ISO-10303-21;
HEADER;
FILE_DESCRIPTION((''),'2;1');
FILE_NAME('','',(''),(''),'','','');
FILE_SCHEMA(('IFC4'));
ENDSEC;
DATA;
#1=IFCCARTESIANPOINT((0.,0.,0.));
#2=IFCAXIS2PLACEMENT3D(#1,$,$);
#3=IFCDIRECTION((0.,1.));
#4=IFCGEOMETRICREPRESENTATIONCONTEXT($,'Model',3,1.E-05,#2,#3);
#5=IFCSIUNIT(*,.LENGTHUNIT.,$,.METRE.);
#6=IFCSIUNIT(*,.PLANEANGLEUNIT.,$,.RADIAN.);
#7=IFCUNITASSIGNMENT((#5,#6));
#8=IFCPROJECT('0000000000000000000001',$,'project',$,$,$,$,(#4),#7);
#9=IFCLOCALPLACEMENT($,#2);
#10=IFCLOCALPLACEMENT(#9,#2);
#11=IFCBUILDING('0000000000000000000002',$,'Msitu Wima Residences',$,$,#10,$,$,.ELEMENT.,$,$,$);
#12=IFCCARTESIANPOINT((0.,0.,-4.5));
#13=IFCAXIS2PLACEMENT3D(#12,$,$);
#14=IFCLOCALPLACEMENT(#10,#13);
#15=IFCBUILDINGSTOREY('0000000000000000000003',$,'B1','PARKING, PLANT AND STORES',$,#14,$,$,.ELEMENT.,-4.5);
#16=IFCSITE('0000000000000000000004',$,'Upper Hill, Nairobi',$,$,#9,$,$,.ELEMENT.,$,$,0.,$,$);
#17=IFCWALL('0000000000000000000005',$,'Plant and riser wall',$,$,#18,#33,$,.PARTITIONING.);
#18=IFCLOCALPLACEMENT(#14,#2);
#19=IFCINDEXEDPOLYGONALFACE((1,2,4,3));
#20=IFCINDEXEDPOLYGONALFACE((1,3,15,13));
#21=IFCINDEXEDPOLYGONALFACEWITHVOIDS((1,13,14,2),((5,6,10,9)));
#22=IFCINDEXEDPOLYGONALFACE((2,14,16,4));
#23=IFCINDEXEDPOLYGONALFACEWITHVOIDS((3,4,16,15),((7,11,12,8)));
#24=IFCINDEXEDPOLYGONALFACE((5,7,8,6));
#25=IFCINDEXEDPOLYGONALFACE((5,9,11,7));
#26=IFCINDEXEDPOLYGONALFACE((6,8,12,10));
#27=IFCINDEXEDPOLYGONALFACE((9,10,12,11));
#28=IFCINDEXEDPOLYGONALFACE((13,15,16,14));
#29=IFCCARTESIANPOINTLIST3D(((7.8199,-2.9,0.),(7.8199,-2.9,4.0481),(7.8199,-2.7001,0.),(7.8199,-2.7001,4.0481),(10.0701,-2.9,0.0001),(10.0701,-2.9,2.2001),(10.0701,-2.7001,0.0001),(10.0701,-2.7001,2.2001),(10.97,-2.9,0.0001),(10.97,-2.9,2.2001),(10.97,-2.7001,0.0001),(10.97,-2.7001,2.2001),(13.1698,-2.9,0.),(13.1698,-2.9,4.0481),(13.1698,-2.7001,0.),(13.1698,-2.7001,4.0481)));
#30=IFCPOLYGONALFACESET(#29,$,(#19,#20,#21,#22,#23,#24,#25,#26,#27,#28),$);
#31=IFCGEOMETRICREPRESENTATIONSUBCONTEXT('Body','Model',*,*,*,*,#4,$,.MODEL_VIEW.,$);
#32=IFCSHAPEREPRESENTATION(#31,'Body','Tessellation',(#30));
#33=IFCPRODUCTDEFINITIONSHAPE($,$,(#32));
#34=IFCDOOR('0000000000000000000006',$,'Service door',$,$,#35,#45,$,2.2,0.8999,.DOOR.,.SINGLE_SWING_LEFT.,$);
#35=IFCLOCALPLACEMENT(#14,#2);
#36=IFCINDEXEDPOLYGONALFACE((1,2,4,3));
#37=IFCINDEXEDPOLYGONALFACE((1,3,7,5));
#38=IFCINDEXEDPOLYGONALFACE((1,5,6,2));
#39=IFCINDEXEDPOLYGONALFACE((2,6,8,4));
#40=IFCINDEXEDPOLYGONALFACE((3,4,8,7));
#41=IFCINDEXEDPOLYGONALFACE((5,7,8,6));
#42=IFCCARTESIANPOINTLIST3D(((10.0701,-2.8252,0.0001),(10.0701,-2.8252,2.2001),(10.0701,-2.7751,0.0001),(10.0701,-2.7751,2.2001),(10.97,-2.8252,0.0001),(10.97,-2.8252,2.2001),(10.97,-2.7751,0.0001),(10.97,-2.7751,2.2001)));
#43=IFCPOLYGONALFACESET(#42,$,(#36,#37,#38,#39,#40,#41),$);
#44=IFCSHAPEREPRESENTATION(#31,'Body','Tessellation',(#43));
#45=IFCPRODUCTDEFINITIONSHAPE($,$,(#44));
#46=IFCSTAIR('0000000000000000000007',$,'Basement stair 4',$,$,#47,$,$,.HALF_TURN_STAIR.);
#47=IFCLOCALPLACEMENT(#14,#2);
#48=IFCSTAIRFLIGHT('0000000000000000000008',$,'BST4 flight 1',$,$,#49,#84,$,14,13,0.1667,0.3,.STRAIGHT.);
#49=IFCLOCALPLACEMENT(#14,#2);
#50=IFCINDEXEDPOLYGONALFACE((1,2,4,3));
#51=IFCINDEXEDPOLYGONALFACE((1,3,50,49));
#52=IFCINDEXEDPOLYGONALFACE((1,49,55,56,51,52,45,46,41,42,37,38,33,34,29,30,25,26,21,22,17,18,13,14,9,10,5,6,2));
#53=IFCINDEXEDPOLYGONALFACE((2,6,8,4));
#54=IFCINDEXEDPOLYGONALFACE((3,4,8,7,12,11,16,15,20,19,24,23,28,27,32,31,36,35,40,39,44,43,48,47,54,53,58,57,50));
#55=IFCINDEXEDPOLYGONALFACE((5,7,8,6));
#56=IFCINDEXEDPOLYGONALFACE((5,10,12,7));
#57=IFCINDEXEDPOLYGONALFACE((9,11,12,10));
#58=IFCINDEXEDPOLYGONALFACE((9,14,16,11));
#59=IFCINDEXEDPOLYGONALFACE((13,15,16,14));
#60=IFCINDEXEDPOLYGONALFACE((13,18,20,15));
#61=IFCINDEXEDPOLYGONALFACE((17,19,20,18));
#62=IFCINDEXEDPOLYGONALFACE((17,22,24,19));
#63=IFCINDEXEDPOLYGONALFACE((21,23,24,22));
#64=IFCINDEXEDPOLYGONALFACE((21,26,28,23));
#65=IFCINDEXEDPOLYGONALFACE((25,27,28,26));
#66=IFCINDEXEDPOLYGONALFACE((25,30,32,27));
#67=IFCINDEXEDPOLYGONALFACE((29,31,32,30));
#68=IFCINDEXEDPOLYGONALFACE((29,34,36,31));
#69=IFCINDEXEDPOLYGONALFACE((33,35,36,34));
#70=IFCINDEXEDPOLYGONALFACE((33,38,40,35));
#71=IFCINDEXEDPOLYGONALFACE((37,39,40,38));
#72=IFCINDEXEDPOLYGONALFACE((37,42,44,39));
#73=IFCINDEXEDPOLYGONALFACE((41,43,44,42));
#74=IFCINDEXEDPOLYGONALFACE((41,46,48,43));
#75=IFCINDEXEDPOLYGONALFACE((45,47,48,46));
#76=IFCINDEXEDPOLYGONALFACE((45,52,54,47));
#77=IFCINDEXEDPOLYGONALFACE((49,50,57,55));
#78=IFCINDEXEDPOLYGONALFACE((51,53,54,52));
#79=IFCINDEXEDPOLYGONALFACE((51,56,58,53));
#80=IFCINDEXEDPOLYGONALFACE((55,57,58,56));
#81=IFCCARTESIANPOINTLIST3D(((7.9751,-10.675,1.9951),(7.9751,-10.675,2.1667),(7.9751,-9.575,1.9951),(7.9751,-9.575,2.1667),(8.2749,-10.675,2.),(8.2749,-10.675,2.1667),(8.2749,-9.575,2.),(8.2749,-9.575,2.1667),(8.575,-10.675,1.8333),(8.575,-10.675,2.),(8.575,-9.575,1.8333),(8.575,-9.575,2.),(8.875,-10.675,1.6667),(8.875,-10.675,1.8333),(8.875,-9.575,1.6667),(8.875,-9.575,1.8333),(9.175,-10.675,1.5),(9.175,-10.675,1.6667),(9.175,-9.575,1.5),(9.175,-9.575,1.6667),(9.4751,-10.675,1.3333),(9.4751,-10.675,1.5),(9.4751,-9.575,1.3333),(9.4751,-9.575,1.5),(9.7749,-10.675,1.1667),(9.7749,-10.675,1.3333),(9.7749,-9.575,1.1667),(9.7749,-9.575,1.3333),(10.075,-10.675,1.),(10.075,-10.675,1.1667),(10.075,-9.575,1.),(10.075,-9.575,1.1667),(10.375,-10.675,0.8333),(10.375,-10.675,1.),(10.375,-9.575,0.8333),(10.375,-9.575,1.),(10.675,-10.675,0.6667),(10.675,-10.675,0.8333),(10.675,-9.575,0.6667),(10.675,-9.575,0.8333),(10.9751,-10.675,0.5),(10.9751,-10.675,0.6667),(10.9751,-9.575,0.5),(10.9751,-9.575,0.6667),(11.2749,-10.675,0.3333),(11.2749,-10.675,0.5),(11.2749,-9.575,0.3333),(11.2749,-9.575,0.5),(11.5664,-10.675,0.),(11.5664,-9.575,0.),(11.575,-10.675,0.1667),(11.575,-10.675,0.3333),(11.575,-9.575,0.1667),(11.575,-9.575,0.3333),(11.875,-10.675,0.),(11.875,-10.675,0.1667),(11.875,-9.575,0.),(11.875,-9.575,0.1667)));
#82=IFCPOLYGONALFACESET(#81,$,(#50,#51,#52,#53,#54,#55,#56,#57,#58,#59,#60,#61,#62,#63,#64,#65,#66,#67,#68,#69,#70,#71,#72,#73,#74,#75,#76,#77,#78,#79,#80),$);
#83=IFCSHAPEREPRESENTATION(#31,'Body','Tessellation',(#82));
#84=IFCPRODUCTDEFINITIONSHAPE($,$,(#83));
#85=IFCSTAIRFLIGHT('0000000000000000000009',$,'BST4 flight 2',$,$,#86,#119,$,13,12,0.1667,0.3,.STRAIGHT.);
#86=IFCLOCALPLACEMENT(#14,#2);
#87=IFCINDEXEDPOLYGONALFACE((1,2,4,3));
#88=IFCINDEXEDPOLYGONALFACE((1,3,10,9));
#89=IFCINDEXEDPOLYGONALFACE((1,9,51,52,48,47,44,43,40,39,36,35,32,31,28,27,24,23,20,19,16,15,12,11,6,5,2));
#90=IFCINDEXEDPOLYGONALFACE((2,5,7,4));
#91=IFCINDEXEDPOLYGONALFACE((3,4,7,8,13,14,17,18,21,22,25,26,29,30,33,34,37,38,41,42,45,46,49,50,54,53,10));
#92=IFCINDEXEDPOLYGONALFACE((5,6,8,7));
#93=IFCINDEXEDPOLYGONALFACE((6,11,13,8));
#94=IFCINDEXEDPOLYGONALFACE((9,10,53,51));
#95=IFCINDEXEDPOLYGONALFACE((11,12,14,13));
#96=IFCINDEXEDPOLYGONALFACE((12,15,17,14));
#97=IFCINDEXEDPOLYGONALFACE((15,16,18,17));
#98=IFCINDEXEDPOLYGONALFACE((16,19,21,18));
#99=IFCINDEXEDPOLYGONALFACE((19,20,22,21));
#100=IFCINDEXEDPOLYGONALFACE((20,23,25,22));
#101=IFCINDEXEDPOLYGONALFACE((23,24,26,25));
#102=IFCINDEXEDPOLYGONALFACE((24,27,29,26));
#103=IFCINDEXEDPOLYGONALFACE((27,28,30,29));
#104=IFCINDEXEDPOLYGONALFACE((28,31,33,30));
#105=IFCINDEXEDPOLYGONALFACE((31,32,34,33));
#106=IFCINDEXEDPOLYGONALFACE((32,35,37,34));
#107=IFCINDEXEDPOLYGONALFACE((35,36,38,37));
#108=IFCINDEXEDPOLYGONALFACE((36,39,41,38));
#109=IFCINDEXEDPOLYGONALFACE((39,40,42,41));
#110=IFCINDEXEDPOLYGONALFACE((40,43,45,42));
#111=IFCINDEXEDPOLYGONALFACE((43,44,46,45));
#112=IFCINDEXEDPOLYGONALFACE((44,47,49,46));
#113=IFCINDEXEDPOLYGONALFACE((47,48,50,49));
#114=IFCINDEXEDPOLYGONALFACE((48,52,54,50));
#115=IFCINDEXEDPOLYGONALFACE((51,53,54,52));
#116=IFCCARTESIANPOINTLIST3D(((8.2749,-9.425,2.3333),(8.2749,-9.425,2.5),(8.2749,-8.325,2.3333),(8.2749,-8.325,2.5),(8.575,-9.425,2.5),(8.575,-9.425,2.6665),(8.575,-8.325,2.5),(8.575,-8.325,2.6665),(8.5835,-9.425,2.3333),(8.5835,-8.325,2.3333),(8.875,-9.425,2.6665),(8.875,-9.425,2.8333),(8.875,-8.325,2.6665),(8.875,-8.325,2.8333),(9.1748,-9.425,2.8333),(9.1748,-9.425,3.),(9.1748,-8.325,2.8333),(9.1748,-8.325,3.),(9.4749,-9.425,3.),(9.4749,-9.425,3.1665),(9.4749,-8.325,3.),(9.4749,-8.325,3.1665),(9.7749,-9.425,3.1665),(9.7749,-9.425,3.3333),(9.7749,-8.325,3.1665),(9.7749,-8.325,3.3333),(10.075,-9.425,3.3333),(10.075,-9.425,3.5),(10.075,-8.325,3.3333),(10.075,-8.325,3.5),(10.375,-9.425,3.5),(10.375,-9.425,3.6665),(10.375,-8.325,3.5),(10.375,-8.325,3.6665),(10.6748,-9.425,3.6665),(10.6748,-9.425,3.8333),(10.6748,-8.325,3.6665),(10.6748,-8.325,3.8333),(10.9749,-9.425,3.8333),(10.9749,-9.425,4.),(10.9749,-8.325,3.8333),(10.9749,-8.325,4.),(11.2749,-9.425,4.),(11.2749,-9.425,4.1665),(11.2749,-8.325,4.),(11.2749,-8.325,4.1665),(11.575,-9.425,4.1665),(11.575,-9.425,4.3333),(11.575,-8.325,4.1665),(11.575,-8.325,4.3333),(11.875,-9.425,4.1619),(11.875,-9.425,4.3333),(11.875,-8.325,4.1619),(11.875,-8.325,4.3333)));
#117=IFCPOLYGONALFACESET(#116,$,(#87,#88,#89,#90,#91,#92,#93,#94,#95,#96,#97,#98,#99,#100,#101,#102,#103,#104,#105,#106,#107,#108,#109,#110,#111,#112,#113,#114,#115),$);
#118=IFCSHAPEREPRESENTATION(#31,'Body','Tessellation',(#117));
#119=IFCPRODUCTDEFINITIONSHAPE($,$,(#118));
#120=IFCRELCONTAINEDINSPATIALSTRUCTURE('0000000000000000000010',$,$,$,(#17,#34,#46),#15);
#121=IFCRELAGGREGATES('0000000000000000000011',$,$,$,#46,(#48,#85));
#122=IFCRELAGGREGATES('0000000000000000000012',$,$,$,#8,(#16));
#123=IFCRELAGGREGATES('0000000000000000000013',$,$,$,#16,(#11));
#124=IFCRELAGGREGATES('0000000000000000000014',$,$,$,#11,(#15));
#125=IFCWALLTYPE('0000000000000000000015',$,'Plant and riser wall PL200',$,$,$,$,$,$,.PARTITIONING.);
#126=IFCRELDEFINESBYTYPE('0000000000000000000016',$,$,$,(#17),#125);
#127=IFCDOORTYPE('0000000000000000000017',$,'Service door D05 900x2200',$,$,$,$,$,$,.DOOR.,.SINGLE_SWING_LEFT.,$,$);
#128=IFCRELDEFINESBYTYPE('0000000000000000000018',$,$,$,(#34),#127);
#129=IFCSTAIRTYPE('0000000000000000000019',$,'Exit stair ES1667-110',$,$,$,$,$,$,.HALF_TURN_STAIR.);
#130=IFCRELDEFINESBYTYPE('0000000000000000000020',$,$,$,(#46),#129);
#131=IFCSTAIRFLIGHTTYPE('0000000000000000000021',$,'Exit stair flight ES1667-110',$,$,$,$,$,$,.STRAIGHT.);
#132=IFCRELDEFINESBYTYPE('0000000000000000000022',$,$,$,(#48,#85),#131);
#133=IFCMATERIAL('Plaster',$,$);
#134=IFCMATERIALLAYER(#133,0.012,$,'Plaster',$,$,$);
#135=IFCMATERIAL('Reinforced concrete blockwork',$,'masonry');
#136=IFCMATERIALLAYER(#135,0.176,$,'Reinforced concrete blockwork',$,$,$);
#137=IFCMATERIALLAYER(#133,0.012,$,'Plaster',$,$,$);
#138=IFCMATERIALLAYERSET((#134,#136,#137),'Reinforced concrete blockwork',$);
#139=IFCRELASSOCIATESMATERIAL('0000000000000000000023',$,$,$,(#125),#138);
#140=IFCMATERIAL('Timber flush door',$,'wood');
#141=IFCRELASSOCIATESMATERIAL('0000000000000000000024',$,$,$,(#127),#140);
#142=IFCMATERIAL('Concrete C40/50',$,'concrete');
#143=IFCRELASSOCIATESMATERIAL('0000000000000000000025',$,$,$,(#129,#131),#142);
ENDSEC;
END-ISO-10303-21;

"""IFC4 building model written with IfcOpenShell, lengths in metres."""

from ifc_helpers import new_model, si_unit, direction, frame, frame_2d, origin, place, context, subcontext, project, spatial, polyline, rectangle, outline, extrude, material, layer, layer_set, type_object, element, fill, aggregate, save


model = new_model("IFC4")

# Units and contexts
model_context = context("Model", 3, precision=1e-05, world=origin(), true_north=direction((0.0, 1.0)))
body_context = subcontext(model_context, "Body", "Model", "MODEL_VIEW")
ifc_project = project(units=[si_unit("LENGTHUNIT", "METRE"), si_unit("PLANEANGLEUNIT", "RADIAN")], contexts=[model_context])

# Site, building, storey
site_placement = place(None, origin())
site = spatial("IfcSite", under=ifc_project, at=site_placement, Name="Upper Hill, Nairobi", CompositionType="ELEMENT", RefElevation=0.0)
building_placement = place(site_placement, origin())
building = spatial("IfcBuilding", under=site, at=building_placement, Name="Msitu Wima Residences", CompositionType="ELEMENT")
storey_placement = place(building_placement, frame((0.0, 0.0, -4.5)))
storey = spatial("IfcBuildingStorey", under=building, at=storey_placement, Name="B1", Description="PARKING, PLANT AND STORES", CompositionType="ELEMENT", Elevation=-4.5)

# Shared definitions
ifc_material_1 = material(Name="Plaster")

# Wall, opening, door
ifc_layer_1 = layer(ifc_material_1, 0.012, Name="Plaster")
ifc_material_2 = material(Name="Reinforced concrete blockwork", Category="masonry")
ifc_layer_2 = layer(ifc_material_2, 0.176, Name="Reinforced concrete blockwork")
ifc_layer_3 = layer(ifc_material_1, 0.012, Name="Plaster")
ifc_layer_set_1 = layer_set([ifc_layer_1, ifc_layer_2, ifc_layer_3], Name="Reinforced concrete blockwork")
wall_type_1 = type_object("IfcWallType", Name="Plant and riser wall PL200", PredefinedType="PARTITIONING", material=ifc_layer_set_1)
wall_1_placement = place(storey_placement, frame((7.8201, -2.8, 0.0), z_axis=(0.0, 0.0, 1.0), x_axis=(1.0, 0.0, 0.0)))
wall_1 = element("IfcWall", 1, at=wall_1_placement, inside=storey, type_object=wall_type_1, Name="Plant and riser wall", PredefinedType="PARTITIONING", context=body_context, shape_type="SweptSolid", body=[
    extrude(rectangle(XDim=5.3499, YDim=0.2, at=frame_2d((2.6748, 0.0))), origin(), (0.0, 0.0, 1.0), 4.0481),
])
opening_1_placement = place(wall_1_placement, frame((2.25, 0.0, 0.0)))
opening_1 = element("IfcOpeningElement", 2, at=opening_1_placement, cuts=wall_1, PredefinedType="OPENING", context=body_context, shape_type="SweptSolid", body=[
    extrude(rectangle(XDim=0.8999, YDim=2.2, at=frame_2d((0.45, 1.1001))), frame((0.0, 0.1099, 0.0), z_axis=(0.0, -1.0, 0.0), x_axis=(1.0, 0.0, 0.0)), (0.0, 0.0, 1.0), 0.22),
])
ifc_material_3 = material(Name="Timber flush door", Category="wood")
door_type_1 = type_object("IfcDoorType", Name="Service door D05 900x2200", OperationType="SINGLE_SWING_LEFT", PredefinedType="DOOR", material=ifc_material_3)
door_1_placement = place(opening_1_placement, origin())
door_1 = element("IfcDoor", 3, at=door_1_placement, inside=storey, type_object=door_type_1, Name="Service door", OperationType="SINGLE_SWING_LEFT", OverallHeight=2.2, OverallWidth=0.8999, PredefinedType="DOOR", context=body_context, shape_type="SweptSolid", body=[
    extrude(rectangle(XDim=0.8999, YDim=2.2, at=frame_2d((0.45, 1.1001))), frame((0.0, 0.0249, 0.0), z_axis=(0.0, -1.0, 0.0), x_axis=(1.0, 0.0, 0.0)), (0.0, 0.0, 1.0), 0.05),
])
fill(opening_1, door_1)

# Stair, stair flights
ifc_material_4 = material(Name="Concrete C40/50", Category="concrete")
stair_type = type_object("IfcStairType", Name="Exit stair ES1667-110", PredefinedType="HALF_TURN_STAIR", material=ifc_material_4)
stair_placement = place(storey_placement, origin())
stair = element("IfcStair", 4, at=stair_placement, inside=storey, type_object=stair_type, Name="Basement stair 4", PredefinedType="HALF_TURN_STAIR")
stair_flight_type = type_object("IfcStairFlightType", Name="Exit stair flight ES1667-110", PredefinedType="STRAIGHT", material=ifc_material_4)
stair_flight_1_placement = place(storey_placement, frame((11.875, -10.125, 0.0), z_axis=(0.0, 0.0, 1.0), x_axis=(-1.0, 0.0, 0.0)))
stair_flight_1 = element("IfcStairFlight", 5, at=stair_flight_1_placement, type_object=stair_flight_type, Name="BST4 flight 1", NumberOfRisers=14, NumberOfTreads=13, PredefinedType="STRAIGHT", RiserHeight=0.1667, TreadLength=0.3, context=body_context, shape_type="SweptSolid", body=[
    extrude(outline(polyline([(0.0, 0.0), (0.0, 0.1667), (0.3, 0.1667), (0.3, 0.3333), (0.6001, 0.3333), (0.6001, 0.5), (0.8999, 0.5), (0.8999, 0.6667), (1.2, 0.6667), (1.2, 0.8333), (1.5, 0.8333), (1.5, 1.0), (1.8, 1.0), (1.8, 1.1667), (2.1001, 1.1667), (2.1001, 1.3333), (2.3999, 1.3333), (2.3999, 1.5), (2.7, 1.5), (2.7, 1.6667), (3.0, 1.6667), (3.0, 1.8333), (3.3, 1.8333), (3.3, 2.0), (3.6001, 2.0), (3.6001, 2.1667), (3.8999, 2.1667), (3.8999, 2.3333), (3.8999, 1.9951), (0.3086, 0.0), (0.0, 0.0)])), frame((0.0, 0.55, 0.0), z_axis=(0.0, -1.0, 0.0), x_axis=(1.0, 0.0, 0.0)), (0.0, 0.0, 1.0), 1.1001),
])
stair_flight_2_placement = place(storey_placement, frame((8.2749, -8.875, 2.3333), z_axis=(0.0, 0.0, 1.0), x_axis=(1.0, 0.0, 0.0)))
stair_flight_2 = element("IfcStairFlight", 6, at=stair_flight_2_placement, type_object=stair_flight_type, Name="BST4 flight 2", NumberOfRisers=13, NumberOfTreads=12, PredefinedType="STRAIGHT", RiserHeight=0.1667, TreadLength=0.3, context=body_context, shape_type="SweptSolid", body=[
    extrude(outline(polyline([(0.0, 0.0), (0.0, 0.1667), (0.3, 0.1667), (0.3, 0.3333), (0.6001, 0.3333), (0.6001, 0.5), (0.8999, 0.5), (0.8999, 0.6667), (1.2, 0.6667), (1.2, 0.8333), (1.5, 0.8333), (1.5, 1.0), (1.8, 1.0), (1.8, 1.1667), (2.1001, 1.1667), (2.1001, 1.3333), (2.3999, 1.3333), (2.3999, 1.5), (2.7, 1.5), (2.7, 1.6667), (3.0, 1.6667), (3.0, 1.8333), (3.3, 1.8333), (3.3, 2.0), (3.6001, 2.0), (3.6001, 2.1667), (3.6001, 1.8286), (0.3086, 0.0), (0.0, 0.0)])), frame((0.0, 0.55, 0.0), z_axis=(0.0, -1.0, 0.0), x_axis=(1.0, 0.0, 0.0)), (0.0, 0.0, 1.0), 1.1001),
])
aggregate(stair, [stair_flight_1, stair_flight_2])

save(model, "model.ifc")
